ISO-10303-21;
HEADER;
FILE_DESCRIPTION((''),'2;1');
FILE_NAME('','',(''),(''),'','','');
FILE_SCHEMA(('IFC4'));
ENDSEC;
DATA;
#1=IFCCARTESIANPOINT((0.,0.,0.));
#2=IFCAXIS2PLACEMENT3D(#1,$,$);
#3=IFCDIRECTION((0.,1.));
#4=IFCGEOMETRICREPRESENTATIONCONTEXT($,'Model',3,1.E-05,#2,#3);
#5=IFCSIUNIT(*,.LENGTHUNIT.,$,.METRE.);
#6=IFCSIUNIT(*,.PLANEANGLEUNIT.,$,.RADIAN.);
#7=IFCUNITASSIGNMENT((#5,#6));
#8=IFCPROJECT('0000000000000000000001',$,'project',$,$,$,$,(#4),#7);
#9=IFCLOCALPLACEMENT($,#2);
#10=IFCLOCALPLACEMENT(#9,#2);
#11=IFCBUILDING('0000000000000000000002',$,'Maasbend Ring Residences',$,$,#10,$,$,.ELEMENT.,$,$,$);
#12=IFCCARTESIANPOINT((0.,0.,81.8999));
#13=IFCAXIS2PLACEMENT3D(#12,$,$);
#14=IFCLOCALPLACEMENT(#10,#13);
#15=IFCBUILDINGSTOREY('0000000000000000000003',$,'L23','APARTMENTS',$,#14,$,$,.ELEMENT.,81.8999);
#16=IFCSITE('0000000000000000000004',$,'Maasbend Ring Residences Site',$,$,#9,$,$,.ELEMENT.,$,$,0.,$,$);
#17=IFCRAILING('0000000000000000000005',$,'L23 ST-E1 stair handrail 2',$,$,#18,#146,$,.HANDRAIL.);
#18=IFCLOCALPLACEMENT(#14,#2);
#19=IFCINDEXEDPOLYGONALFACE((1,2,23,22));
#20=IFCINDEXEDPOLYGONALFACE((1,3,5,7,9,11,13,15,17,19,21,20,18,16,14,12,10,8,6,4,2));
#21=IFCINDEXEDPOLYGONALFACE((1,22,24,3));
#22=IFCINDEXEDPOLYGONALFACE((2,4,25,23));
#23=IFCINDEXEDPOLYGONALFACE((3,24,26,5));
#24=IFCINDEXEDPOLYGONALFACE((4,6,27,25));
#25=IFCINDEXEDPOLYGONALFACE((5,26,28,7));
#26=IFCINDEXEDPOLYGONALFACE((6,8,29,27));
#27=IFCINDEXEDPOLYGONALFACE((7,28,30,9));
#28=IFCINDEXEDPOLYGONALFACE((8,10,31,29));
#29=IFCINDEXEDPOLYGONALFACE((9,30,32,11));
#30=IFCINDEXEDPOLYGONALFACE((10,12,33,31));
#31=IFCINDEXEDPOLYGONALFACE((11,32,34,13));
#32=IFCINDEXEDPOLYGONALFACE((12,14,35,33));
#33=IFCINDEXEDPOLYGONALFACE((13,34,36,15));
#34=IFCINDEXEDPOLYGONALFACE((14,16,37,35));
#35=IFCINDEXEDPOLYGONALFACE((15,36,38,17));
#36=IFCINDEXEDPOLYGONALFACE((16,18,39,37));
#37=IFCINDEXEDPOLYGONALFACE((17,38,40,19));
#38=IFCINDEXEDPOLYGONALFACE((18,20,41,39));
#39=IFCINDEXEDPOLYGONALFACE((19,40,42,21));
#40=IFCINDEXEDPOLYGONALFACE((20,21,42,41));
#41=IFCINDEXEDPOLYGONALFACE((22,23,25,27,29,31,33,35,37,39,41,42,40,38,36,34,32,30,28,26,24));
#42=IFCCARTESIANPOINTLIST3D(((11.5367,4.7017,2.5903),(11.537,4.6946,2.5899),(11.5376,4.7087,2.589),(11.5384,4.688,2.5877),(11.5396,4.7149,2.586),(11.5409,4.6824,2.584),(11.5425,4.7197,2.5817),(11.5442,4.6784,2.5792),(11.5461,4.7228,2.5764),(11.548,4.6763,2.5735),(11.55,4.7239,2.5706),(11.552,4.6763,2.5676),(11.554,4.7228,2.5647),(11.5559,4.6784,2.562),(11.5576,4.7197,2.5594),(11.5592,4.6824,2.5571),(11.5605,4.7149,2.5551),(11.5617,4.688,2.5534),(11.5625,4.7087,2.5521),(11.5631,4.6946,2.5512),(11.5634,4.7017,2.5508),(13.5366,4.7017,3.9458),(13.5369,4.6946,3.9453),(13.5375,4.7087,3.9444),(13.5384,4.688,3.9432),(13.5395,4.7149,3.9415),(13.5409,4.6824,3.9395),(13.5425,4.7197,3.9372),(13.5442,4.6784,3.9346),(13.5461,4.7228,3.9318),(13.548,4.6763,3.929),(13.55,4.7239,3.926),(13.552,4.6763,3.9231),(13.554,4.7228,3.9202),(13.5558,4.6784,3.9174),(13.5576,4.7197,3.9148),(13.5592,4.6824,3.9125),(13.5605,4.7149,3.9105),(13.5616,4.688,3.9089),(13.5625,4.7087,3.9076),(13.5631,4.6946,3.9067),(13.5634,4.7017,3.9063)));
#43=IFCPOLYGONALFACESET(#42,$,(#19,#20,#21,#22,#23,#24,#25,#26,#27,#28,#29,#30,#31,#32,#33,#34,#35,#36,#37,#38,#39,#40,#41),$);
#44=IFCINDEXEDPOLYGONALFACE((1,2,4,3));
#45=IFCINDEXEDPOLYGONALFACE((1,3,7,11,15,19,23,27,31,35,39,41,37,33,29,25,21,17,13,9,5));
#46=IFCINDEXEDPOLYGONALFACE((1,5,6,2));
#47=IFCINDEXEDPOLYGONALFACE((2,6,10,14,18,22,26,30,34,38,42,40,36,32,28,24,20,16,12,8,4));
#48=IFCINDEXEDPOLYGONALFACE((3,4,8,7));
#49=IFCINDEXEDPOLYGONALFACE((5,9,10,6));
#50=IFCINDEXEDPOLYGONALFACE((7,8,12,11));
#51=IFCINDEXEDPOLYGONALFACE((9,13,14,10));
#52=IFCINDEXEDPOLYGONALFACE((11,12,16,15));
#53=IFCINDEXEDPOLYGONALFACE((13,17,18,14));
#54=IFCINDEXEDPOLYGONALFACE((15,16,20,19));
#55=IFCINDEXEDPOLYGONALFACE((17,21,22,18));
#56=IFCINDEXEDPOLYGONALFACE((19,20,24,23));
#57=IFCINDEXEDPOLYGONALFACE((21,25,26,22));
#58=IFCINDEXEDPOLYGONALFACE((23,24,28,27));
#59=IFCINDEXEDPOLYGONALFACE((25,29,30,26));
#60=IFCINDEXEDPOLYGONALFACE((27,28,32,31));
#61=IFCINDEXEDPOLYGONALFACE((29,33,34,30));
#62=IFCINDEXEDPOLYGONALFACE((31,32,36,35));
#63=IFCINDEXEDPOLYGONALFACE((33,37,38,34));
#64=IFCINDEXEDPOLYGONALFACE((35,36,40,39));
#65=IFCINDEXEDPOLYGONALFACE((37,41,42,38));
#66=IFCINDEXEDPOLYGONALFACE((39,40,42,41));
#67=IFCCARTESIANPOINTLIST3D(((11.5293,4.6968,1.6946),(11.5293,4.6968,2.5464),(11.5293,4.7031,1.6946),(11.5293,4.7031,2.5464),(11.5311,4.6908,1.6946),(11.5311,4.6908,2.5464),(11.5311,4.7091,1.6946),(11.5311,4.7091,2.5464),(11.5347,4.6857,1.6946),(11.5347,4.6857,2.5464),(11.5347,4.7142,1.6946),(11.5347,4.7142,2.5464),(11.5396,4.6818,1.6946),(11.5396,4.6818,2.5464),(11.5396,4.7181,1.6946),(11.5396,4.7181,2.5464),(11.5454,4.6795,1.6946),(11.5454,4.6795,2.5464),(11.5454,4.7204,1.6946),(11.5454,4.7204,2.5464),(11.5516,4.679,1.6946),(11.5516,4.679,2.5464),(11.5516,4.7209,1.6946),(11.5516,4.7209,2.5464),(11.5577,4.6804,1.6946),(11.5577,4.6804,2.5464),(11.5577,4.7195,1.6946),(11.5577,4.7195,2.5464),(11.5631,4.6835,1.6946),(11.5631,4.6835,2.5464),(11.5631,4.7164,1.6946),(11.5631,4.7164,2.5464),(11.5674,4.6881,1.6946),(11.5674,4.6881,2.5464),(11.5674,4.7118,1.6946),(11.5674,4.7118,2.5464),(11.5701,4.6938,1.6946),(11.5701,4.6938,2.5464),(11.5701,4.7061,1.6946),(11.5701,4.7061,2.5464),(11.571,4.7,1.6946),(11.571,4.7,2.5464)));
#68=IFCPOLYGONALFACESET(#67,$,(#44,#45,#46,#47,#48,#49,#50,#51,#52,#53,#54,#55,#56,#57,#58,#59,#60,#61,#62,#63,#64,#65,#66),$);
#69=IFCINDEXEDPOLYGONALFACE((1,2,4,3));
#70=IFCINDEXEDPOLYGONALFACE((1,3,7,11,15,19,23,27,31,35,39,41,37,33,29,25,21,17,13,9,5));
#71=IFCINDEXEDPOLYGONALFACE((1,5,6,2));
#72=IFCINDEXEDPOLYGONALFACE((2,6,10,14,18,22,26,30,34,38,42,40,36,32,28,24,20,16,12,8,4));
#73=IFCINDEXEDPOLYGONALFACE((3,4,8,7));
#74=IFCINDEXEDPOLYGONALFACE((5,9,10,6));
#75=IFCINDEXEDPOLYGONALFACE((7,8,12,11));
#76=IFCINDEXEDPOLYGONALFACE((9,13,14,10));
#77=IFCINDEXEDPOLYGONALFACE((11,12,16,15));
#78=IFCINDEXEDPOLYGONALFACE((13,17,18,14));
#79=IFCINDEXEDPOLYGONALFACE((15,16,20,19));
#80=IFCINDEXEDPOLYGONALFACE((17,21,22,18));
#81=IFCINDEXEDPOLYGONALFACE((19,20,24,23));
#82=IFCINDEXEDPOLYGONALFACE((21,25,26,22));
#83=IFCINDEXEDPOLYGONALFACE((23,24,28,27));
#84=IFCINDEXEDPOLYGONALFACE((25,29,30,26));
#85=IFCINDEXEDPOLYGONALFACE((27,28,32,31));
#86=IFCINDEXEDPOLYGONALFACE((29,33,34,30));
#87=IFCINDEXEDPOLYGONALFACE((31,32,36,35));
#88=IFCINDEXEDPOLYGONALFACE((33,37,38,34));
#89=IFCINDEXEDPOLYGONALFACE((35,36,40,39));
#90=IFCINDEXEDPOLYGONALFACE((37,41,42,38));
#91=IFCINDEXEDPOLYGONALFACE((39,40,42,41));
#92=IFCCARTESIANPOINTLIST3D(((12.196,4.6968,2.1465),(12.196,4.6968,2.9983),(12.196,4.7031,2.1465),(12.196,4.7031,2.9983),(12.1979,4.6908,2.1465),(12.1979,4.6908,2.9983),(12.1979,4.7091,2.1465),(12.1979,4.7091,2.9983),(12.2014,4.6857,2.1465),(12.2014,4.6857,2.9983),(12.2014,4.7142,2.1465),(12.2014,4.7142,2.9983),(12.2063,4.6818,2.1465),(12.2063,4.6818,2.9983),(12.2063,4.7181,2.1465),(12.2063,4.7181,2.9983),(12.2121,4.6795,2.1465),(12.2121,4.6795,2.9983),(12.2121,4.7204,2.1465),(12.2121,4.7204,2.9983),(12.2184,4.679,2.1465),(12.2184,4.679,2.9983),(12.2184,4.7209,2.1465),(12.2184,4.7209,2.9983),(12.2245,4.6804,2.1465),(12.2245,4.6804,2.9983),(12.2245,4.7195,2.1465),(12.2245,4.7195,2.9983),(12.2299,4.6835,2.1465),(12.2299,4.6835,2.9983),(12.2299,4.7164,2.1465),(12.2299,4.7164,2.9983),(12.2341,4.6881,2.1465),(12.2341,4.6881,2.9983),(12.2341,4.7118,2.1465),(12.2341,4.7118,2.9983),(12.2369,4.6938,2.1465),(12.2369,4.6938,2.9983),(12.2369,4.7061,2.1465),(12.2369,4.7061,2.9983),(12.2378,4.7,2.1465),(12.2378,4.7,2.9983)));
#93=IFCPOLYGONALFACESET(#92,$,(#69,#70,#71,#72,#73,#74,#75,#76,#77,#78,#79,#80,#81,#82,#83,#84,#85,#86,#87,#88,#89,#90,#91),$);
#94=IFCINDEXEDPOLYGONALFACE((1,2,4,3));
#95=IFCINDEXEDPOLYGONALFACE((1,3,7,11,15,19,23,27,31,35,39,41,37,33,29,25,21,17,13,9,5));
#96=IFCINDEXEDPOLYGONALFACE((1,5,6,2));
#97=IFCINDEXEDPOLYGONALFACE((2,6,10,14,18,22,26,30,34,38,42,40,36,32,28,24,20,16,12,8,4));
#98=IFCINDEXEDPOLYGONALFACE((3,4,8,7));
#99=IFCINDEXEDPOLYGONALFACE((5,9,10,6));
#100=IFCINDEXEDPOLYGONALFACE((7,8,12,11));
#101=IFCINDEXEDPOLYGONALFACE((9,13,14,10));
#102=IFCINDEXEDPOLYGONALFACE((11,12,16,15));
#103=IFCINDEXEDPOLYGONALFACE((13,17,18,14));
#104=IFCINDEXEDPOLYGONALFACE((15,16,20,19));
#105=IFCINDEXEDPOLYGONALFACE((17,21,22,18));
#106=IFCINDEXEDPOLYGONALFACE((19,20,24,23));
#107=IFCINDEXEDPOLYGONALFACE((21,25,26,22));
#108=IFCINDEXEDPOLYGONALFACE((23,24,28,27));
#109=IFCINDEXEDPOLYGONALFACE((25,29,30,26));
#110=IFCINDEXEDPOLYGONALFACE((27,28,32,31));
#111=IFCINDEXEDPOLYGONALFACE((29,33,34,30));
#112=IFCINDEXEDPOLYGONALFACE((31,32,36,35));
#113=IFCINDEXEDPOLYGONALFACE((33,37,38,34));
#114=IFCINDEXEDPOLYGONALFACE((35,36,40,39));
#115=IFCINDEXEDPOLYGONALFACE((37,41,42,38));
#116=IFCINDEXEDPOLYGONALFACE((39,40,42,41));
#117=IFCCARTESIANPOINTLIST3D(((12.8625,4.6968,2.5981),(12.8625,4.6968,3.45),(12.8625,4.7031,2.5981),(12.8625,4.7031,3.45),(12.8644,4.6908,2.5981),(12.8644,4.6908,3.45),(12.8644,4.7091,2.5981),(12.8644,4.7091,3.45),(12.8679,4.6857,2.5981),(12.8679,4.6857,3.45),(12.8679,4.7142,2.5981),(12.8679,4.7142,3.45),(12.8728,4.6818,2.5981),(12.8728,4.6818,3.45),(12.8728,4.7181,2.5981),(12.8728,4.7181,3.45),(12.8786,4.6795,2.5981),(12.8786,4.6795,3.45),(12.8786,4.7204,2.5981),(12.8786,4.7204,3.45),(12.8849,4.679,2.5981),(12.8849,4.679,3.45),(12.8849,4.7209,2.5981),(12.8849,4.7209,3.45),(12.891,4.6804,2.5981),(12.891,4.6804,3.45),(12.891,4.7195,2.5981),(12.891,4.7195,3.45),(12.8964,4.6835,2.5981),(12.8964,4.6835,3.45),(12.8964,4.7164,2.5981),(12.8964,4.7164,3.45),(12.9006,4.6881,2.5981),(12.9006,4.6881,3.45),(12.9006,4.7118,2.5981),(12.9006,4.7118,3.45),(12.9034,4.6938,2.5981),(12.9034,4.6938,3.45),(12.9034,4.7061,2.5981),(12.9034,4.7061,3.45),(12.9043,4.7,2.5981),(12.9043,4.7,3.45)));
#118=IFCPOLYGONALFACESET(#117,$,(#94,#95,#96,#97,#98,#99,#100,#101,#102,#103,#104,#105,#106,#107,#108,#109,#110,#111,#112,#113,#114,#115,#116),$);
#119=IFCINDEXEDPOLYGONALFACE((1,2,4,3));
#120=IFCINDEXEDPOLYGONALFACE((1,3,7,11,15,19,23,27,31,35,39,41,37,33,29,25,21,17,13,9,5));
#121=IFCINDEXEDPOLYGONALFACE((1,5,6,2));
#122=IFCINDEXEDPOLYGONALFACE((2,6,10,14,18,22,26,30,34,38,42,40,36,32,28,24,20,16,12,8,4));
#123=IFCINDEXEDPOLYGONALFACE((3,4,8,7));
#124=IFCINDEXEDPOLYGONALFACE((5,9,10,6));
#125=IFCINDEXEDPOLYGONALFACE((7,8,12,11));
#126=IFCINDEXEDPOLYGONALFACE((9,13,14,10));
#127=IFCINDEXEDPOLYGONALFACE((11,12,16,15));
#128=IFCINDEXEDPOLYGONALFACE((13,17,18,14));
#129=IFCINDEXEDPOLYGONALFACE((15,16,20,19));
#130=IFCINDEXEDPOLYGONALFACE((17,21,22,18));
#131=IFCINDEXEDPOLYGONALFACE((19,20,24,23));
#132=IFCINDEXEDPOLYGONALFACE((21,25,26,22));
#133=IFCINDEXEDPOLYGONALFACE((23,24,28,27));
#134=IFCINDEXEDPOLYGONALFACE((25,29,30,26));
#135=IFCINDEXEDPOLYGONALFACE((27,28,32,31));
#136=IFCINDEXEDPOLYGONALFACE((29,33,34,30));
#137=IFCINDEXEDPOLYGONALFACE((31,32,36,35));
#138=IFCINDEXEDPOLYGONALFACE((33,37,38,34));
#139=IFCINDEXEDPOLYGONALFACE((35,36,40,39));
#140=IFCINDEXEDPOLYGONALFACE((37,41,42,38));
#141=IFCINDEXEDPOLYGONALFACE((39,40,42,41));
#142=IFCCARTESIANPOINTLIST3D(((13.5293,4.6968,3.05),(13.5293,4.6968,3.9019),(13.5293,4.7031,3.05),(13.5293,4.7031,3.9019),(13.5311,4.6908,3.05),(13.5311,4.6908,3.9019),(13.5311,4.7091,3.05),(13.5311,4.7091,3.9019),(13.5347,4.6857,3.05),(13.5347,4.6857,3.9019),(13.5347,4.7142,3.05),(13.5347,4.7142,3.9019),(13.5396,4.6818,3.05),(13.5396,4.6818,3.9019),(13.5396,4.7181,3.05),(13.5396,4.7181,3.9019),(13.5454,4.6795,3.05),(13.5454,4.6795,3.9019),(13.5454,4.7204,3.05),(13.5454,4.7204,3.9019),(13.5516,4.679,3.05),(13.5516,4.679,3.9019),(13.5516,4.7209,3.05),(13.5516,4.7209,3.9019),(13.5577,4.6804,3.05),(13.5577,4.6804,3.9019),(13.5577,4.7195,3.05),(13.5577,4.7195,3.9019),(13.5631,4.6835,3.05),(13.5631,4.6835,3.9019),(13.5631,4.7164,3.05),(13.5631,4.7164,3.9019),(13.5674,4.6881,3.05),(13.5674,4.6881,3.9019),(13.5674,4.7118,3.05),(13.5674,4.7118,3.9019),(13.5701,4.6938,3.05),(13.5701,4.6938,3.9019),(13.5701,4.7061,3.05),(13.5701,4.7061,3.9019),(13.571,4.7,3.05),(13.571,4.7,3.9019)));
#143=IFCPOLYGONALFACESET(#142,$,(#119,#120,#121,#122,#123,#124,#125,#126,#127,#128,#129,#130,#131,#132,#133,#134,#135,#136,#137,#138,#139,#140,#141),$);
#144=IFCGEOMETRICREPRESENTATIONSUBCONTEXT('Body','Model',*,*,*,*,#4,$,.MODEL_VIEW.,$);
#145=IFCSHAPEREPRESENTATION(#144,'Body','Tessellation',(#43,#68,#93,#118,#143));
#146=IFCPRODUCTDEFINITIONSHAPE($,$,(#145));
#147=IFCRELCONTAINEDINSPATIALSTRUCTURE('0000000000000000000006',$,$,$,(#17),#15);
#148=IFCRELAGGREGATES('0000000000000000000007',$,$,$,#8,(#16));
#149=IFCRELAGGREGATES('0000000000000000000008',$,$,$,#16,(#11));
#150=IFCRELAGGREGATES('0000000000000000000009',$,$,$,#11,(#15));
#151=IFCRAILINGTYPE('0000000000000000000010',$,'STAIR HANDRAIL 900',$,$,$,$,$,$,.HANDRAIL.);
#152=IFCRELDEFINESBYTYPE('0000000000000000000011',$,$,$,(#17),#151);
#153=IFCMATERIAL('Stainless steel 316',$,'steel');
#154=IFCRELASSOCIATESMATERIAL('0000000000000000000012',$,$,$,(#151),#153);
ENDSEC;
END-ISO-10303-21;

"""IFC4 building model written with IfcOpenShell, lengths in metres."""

from ifc_helpers import new_model, si_unit, direction, frame, origin, origin_2d, place, context, subcontext, project, spatial, circle, extrude, material, type_object, element, save


model = new_model("IFC4")

# Units and contexts
model_context = context("Model", 3, precision=1e-05, world=origin(), true_north=direction((0.0, 1.0)))
body_context = subcontext(model_context, "Body", "Model", "MODEL_VIEW")
ifc_project = project(units=[si_unit("LENGTHUNIT", "METRE"), si_unit("PLANEANGLEUNIT", "RADIAN")], contexts=[model_context])

# Site, building, storey
site_placement = place(None, origin())
site = spatial("IfcSite", under=ifc_project, at=site_placement, Name="Maasbend Ring Residences Site", CompositionType="ELEMENT", RefElevation=0.0)
building_placement = place(site_placement, origin())
building = spatial("IfcBuilding", under=site, at=building_placement, Name="Maasbend Ring Residences", CompositionType="ELEMENT")
storey_placement = place(building_placement, frame((0.0, 0.0, 81.8999)))
storey = spatial("IfcBuildingStorey", under=building, at=storey_placement, Name="L23", Description="APARTMENTS", CompositionType="ELEMENT", Elevation=81.8999)

# Railing
ifc_material_1 = material(Name="Stainless steel 316", Category="steel")
railing_type_1 = type_object("IfcRailingType", Name="STAIR HANDRAIL 900", PredefinedType="HANDRAIL", material=ifc_material_1)
railing_1_placement = place(storey_placement, frame((11.55, 4.7, 1.6946)))
element("IfcRailing", 1, at=railing_1_placement, inside=storey, type_object=railing_type_1, Name="L23 ST-E1 stair handrail 2", PredefinedType="HANDRAIL", context=body_context, shape_type="SweptSolid", body=[
    extrude(circle(Radius=0.0239, at=origin_2d()), frame((0.0, 0.0, 0.876), z_axis=(0.827798, 0.0, 0.561027), x_axis=(0.0, 1.0, 0.0)), (0.0, 0.0, 1.0), 2.416),
    extrude(circle(Radius=0.021, at=origin_2d()), origin(), (0.0, 0.0, 1.0), 0.8518),
    extrude(circle(Radius=0.021, at=origin_2d()), frame((0.6667, 0.0, 0.4519)), (0.0, 0.0, 1.0), 0.8518),
    extrude(circle(Radius=0.021, at=origin_2d()), frame((1.3333, 0.0, 0.9036)), (0.0, 0.0, 1.0), 0.8518),
    extrude(circle(Radius=0.021, at=origin_2d()), frame((2.0, 0.0, 1.3555)), (0.0, 0.0, 1.0), 0.8518),
])

save(model, "model.ifc")
